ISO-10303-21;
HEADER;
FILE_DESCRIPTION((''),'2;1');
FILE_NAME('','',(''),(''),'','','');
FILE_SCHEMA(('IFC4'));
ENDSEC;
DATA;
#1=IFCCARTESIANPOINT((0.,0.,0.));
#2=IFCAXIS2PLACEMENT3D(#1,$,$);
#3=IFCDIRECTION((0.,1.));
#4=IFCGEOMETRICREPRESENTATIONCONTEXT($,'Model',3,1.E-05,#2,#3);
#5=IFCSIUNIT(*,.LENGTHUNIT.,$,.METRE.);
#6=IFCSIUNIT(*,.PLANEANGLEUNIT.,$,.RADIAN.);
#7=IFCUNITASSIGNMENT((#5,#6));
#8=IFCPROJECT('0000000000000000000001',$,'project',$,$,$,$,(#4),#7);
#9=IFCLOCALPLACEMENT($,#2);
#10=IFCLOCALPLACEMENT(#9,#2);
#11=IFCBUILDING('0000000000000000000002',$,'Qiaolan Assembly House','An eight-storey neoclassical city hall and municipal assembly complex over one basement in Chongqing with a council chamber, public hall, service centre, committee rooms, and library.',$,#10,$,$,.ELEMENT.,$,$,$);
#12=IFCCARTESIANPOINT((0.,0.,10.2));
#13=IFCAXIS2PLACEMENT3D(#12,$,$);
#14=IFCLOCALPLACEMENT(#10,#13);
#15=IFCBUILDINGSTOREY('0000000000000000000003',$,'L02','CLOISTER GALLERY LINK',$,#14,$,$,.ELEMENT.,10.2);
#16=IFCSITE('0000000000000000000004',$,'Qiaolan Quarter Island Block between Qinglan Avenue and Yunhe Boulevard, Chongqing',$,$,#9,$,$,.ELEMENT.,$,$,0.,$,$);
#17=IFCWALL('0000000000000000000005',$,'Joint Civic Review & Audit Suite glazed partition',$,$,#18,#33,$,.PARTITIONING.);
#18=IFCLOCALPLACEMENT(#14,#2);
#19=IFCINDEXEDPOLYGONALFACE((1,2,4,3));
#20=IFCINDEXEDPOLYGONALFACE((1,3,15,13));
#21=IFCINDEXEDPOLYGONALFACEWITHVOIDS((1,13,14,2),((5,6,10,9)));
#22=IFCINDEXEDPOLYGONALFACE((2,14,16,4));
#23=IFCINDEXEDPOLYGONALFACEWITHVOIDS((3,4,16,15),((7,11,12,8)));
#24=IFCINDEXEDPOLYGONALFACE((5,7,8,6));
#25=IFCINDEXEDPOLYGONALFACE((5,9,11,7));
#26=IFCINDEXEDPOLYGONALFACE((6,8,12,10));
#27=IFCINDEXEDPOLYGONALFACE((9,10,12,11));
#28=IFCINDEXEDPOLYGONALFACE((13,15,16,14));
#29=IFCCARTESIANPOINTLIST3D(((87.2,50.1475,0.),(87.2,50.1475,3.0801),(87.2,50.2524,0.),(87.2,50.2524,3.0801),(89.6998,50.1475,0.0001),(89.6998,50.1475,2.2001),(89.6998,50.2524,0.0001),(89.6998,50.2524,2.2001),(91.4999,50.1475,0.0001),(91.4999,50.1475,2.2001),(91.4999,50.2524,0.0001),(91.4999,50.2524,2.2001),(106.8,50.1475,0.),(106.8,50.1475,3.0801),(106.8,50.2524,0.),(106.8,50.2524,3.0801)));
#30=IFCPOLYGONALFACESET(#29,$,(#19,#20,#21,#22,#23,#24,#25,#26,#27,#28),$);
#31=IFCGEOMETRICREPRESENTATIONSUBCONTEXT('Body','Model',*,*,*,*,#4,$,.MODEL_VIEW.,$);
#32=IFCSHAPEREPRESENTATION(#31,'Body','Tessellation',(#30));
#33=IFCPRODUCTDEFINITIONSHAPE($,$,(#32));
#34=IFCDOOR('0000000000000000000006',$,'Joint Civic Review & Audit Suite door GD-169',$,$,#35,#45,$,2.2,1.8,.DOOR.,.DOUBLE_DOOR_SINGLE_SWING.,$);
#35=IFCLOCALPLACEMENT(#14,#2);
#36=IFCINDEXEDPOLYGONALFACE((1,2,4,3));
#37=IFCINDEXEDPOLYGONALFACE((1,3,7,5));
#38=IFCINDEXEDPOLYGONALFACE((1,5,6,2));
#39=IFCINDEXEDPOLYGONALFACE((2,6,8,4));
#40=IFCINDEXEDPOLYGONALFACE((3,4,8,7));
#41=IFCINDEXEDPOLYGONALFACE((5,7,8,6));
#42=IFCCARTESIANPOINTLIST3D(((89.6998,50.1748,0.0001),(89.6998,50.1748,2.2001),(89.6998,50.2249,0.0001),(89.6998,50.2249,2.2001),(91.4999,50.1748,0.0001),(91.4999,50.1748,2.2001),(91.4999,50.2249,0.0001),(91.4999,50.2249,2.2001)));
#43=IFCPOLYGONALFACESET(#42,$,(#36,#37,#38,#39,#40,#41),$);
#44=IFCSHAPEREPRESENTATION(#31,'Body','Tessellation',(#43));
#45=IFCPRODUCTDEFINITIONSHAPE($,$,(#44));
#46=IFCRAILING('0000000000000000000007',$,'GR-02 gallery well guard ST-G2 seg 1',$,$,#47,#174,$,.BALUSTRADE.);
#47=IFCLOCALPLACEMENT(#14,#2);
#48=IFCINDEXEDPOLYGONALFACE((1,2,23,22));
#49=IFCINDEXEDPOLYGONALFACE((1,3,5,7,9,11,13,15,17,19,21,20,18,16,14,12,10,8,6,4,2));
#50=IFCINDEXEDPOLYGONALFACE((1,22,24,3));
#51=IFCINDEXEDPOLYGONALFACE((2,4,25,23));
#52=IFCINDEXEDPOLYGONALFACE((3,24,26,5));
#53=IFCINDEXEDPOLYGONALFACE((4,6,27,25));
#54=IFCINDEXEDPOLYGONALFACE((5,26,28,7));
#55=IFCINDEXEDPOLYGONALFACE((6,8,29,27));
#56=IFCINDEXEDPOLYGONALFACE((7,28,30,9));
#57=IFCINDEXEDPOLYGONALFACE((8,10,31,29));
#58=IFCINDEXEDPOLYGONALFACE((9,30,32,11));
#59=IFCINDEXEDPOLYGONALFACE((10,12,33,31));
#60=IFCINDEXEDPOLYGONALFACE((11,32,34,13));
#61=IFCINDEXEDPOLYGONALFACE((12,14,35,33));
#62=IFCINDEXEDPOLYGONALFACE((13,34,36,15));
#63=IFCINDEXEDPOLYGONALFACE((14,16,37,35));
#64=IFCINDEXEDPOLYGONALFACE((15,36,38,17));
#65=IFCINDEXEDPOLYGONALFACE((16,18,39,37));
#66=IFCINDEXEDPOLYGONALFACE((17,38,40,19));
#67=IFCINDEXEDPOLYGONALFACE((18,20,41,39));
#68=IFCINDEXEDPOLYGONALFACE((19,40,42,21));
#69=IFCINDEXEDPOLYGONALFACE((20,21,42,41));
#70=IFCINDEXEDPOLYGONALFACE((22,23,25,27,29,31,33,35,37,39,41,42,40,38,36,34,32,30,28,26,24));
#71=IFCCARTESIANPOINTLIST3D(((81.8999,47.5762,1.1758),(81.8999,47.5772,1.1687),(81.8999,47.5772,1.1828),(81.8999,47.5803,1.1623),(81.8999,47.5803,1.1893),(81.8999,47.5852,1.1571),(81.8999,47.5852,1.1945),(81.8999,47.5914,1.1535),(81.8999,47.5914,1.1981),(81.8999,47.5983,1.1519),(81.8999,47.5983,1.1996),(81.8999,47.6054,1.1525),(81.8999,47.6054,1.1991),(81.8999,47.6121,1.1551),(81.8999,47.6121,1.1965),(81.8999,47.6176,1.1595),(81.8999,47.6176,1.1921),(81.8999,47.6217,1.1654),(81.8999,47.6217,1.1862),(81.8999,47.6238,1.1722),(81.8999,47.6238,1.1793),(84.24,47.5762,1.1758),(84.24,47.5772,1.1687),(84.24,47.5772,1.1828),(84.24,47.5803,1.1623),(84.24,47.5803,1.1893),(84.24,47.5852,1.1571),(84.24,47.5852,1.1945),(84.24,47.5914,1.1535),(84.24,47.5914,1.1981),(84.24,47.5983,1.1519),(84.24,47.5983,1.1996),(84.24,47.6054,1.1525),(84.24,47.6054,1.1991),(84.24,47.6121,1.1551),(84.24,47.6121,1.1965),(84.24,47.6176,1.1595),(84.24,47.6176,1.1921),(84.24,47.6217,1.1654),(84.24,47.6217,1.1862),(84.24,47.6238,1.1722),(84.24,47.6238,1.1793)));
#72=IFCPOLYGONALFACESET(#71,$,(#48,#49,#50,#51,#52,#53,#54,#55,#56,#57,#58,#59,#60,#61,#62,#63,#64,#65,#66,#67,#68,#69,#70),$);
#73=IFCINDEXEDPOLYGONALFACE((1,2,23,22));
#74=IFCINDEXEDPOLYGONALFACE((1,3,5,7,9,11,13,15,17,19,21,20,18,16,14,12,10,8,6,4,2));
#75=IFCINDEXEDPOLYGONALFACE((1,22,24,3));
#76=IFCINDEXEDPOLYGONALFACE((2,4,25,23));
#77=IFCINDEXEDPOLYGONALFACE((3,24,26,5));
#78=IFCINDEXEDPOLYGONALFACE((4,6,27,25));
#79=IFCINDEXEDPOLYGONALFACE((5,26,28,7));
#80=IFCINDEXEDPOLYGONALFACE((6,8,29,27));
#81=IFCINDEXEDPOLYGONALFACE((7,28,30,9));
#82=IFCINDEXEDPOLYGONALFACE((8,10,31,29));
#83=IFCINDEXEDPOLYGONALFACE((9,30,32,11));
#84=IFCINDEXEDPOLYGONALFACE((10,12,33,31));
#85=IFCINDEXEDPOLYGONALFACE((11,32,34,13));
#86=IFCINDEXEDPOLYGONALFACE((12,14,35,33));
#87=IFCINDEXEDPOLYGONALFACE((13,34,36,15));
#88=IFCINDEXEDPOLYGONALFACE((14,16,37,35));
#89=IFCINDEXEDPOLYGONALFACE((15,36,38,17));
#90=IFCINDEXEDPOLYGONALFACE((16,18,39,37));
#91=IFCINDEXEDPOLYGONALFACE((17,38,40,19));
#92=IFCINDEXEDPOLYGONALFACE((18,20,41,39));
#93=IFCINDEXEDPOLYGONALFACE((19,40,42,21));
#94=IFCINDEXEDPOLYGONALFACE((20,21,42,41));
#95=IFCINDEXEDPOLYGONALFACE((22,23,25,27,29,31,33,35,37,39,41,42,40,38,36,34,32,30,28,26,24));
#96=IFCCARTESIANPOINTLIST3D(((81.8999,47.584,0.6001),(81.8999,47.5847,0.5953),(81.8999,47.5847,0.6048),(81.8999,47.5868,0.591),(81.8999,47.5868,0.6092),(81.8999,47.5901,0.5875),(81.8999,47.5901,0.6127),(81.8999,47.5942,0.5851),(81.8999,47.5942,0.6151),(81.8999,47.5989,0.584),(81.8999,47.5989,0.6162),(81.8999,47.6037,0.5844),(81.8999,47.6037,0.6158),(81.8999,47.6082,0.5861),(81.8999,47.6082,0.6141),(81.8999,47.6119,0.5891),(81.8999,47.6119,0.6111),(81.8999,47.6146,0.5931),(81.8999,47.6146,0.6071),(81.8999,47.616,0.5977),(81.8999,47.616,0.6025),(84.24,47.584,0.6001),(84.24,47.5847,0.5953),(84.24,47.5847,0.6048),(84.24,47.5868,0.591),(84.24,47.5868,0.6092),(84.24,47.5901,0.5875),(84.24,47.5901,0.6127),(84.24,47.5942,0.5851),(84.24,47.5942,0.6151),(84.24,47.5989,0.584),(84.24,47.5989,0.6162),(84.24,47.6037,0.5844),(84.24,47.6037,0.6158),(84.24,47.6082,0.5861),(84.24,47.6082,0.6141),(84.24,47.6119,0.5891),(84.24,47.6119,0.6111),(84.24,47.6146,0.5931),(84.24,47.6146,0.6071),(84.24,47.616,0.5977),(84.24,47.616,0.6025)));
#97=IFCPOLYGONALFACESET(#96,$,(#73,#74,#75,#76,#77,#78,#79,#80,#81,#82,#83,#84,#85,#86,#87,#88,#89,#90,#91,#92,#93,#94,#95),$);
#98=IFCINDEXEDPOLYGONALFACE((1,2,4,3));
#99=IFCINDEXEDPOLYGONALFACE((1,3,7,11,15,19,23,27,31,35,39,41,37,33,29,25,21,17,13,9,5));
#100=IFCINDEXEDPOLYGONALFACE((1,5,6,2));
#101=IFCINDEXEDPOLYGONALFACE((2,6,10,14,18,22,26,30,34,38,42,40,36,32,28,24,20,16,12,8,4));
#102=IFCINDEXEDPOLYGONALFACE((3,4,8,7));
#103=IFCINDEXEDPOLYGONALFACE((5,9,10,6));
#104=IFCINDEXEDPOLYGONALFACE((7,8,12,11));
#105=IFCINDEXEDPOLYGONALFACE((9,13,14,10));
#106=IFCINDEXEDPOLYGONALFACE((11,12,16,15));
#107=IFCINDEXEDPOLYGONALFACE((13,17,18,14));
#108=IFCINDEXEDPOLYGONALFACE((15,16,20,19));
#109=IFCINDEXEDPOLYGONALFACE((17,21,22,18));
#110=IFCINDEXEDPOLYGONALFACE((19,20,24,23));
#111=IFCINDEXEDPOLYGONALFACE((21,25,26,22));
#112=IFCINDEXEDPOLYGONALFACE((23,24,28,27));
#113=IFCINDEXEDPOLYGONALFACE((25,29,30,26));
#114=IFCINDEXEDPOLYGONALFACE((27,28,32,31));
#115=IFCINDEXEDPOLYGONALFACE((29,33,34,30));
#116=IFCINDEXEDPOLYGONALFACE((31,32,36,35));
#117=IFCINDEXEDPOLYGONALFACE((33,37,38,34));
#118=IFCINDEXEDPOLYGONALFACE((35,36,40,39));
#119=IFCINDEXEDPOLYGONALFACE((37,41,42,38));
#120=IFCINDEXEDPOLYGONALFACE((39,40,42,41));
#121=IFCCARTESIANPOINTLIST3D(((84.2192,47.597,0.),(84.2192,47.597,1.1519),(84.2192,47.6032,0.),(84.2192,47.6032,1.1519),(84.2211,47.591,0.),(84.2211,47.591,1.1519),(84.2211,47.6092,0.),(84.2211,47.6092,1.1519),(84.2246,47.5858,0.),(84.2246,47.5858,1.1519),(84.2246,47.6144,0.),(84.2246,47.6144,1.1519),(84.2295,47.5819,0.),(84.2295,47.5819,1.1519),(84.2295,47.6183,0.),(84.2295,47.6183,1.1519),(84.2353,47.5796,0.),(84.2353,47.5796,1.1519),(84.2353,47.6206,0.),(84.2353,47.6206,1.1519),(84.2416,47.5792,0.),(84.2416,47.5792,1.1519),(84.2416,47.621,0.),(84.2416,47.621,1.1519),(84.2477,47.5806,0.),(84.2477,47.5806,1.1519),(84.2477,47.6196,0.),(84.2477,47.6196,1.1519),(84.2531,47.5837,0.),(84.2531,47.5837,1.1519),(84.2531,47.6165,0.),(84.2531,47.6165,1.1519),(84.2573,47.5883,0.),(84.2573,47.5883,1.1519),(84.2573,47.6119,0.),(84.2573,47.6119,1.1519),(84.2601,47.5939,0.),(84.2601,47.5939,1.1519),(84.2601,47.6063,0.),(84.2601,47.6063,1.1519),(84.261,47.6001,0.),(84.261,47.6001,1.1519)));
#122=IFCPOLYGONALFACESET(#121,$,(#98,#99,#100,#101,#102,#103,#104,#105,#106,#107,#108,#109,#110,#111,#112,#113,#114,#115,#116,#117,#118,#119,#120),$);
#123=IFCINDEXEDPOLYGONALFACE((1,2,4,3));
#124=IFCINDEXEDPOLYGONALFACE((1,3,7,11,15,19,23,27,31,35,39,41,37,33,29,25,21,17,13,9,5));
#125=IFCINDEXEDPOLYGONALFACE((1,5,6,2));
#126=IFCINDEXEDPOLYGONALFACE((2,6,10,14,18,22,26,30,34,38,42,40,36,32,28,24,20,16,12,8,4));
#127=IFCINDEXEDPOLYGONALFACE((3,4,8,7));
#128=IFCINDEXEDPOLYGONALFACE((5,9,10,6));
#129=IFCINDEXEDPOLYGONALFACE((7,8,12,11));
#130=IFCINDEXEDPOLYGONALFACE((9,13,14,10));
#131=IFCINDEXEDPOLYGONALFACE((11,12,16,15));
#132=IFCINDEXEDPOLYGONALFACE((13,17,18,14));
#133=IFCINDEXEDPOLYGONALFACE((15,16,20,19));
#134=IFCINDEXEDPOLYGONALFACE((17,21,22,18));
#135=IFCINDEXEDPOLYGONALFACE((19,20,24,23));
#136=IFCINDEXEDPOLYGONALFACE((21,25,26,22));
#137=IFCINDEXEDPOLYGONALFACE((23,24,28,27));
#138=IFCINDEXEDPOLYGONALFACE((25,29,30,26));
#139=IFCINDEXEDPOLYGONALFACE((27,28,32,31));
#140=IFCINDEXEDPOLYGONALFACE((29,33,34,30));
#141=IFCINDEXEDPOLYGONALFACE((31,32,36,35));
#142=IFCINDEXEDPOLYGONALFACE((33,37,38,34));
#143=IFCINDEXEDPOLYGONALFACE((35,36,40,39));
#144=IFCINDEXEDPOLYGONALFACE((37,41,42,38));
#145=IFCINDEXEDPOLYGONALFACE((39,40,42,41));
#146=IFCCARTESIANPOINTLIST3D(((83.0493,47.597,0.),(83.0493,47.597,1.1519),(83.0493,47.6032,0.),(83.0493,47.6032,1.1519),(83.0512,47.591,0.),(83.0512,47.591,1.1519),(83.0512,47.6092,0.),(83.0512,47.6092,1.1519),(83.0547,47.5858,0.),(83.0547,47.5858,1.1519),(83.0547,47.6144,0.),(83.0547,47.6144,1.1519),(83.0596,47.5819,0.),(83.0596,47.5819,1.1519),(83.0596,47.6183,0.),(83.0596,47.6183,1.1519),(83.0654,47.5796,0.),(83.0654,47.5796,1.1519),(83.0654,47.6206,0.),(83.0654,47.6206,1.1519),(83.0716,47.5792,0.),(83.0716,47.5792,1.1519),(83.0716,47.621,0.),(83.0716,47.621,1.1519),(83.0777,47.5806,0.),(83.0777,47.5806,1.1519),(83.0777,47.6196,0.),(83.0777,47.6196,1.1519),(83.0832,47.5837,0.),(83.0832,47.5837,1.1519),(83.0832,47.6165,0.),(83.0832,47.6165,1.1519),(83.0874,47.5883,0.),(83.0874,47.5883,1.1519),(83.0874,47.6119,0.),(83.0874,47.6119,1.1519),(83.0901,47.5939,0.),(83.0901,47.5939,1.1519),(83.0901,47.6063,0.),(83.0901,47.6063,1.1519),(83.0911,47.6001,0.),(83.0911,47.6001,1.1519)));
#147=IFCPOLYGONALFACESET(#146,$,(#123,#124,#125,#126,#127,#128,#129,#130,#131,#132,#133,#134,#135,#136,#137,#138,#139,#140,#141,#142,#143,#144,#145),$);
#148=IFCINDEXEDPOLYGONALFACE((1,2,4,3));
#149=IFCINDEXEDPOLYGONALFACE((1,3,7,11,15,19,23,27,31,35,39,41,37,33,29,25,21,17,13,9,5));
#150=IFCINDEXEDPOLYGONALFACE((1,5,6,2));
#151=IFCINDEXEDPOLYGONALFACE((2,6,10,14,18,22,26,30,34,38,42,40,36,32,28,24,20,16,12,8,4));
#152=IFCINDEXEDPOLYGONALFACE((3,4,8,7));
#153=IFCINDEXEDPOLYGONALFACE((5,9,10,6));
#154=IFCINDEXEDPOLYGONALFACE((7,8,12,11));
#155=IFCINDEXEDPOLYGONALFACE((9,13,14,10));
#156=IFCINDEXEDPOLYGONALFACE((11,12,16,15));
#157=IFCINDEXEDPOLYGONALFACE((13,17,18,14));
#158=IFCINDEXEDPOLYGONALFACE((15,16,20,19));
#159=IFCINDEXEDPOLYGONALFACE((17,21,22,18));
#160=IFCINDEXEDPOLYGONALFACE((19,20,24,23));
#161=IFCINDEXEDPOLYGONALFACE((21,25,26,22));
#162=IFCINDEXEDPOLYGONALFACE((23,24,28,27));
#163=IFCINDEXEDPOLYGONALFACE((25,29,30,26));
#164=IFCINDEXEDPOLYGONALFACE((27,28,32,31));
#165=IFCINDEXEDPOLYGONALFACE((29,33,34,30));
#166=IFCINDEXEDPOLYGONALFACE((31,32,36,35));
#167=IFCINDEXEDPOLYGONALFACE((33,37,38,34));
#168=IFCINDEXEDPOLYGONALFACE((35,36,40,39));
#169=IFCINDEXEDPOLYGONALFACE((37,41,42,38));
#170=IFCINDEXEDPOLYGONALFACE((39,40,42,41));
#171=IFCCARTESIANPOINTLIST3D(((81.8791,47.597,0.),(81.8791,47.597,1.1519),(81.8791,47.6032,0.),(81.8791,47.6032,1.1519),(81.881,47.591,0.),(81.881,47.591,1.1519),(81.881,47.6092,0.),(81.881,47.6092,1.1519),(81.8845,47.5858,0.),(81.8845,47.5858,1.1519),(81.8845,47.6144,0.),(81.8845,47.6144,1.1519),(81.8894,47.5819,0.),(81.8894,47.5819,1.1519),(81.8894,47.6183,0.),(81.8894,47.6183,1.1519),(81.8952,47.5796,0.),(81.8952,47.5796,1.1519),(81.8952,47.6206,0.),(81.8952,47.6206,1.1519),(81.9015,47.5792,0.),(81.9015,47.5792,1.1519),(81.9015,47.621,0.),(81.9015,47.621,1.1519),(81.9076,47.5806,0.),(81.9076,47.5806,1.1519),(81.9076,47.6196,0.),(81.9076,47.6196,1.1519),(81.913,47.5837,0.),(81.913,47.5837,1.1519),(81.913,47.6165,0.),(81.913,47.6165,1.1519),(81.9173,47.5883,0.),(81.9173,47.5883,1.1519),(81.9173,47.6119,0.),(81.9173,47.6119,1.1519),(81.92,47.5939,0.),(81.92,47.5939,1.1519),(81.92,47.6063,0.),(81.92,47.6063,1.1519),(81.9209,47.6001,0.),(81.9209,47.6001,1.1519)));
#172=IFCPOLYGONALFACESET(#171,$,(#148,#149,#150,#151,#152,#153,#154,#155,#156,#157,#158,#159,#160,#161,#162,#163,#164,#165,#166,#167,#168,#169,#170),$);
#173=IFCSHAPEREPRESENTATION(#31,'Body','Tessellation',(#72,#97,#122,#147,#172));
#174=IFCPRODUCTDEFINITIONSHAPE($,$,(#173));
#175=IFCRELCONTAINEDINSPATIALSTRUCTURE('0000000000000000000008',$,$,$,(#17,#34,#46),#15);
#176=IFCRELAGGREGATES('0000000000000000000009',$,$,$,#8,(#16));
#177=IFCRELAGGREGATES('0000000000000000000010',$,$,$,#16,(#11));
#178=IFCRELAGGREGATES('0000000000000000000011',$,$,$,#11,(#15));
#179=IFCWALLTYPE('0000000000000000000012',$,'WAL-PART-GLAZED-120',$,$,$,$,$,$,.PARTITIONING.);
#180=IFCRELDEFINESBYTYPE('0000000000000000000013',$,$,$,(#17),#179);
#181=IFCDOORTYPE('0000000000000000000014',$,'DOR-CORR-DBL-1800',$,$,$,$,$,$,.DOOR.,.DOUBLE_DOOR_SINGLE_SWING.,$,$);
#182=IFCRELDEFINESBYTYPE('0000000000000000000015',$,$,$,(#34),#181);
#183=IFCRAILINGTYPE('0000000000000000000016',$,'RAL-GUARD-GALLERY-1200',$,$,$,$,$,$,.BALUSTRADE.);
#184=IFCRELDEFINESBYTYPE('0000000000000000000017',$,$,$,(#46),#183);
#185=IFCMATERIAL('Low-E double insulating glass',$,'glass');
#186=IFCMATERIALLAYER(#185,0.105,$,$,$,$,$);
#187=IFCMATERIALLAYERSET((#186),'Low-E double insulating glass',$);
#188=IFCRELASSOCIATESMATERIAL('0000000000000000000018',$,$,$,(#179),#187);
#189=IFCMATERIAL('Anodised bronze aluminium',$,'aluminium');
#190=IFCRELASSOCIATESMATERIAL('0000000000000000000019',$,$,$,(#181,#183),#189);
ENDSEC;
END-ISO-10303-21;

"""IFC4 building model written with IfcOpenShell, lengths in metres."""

from ifc_helpers import new_model, si_unit, direction, frame, frame_2d, origin, origin_2d, place, context, subcontext, project, spatial, rectangle, circle, extrude, material, layer, layer_set, type_object, element, fill, save


model = new_model("IFC4")

# Units and contexts
model_context = context("Model", 3, precision=1e-05, world=origin(), true_north=direction((0.0, 1.0)))
body_context = subcontext(model_context, "Body", "Model", "MODEL_VIEW")
ifc_project = project(units=[si_unit("LENGTHUNIT", "METRE"), si_unit("PLANEANGLEUNIT", "RADIAN")], contexts=[model_context])

# Site, building, storey
site_placement = place(None, origin())
site = spatial("IfcSite", under=ifc_project, at=site_placement, Name="Qiaolan Quarter Island Block between Qinglan Avenue and Yunhe Boulevard, Chongqing", CompositionType="ELEMENT", RefElevation=0.0)
building_placement = place(site_placement, origin())
building = spatial("IfcBuilding", under=site, at=building_placement, Name="Qiaolan Assembly House", Description="An eight-storey neoclassical city hall and municipal assembly complex over one basement in Chongqing with a council chamber, public hall, service centre, committee rooms, and library.", CompositionType="ELEMENT")
storey_placement = place(building_placement, frame((0.0, 0.0, 10.2)))
storey = spatial("IfcBuildingStorey", under=building, at=storey_placement, Name="L02", Description="CLOISTER GALLERY LINK", CompositionType="ELEMENT", Elevation=10.2)

# Wall, opening, door
ifc_material_1 = material(Name="Low-E double insulating glass", Category="glass")
ifc_layer_1 = layer(ifc_material_1, 0.105)
ifc_layer_set_1 = layer_set([ifc_layer_1], Name="Low-E double insulating glass")
wall_type_1 = type_object("IfcWallType", Name="WAL-PART-GLAZED-120", PredefinedType="PARTITIONING", material=ifc_layer_set_1)
wall_1_placement = place(storey_placement, frame((87.2, 50.2, 0.0), z_axis=(0.0, 0.0, 1.0), x_axis=(1.0, 0.0, 0.0)))
wall_1 = element("IfcWall", 1, at=wall_1_placement, inside=storey, type_object=wall_type_1, Name="Joint Civic Review & Audit Suite glazed partition", PredefinedType="PARTITIONING", context=body_context, shape_type="SweptSolid", body=[
    extrude(rectangle(XDim=19.6001, YDim=0.105, at=frame_2d((9.8, 0.0))), origin(), (0.0, 0.0, 1.0), 3.0801),
])
opening_placement = place(wall_1_placement, frame((2.5, 0.0, 0.0)))
opening = element("IfcOpeningElement", 2, at=opening_placement, cuts=wall_1, PredefinedType="OPENING", context=body_context, shape_type="SweptSolid", body=[
    extrude(rectangle(XDim=1.8, YDim=2.2, at=frame_2d((0.8999, 1.1001))), frame((0.0, 0.0625, 0.0), z_axis=(0.0, -1.0, 0.0), x_axis=(1.0, 0.0, 0.0)), (0.0, 0.0, 1.0), 0.125),
])
ifc_material_2 = material(Name="Anodised bronze aluminium", Category="aluminium")
door_type = type_object("IfcDoorType", Name="DOR-CORR-DBL-1800", OperationType="DOUBLE_DOOR_SINGLE_SWING", PredefinedType="DOOR", material=ifc_material_2)
door_placement = place(opening_placement, origin())
door = element("IfcDoor", 3, at=door_placement, inside=storey, type_object=door_type, Name="Joint Civic Review & Audit Suite door GD-169", OperationType="DOUBLE_DOOR_SINGLE_SWING", OverallHeight=2.2, OverallWidth=1.8, PredefinedType="DOOR", context=body_context, shape_type="SweptSolid", body=[
    extrude(rectangle(XDim=1.8, YDim=2.2, at=frame_2d((0.8999, 1.1001))), frame((0.0, 0.0249, 0.0), z_axis=(0.0, -1.0, 0.0), x_axis=(1.0, 0.0, 0.0)), (0.0, 0.0, 1.0), 0.05),
])
fill(opening, door)

# Railing
railing_type = type_object("IfcRailingType", Name="RAL-GUARD-GALLERY-1200", PredefinedType="BALUSTRADE", material=ifc_material_2)
railing_1_placement = place(storey_placement, frame((84.24, 47.6001, 0.0)))
element("IfcRailing", 4, at=railing_1_placement, inside=storey, type_object=railing_type, Name="GR-02 gallery well guard ST-G2 seg 1", PredefinedType="BALUSTRADE", context=body_context, shape_type="SweptSolid", body=[
    extrude(circle(Radius=0.0239, at=origin_2d()), frame((0.0, 0.0, 1.1758), z_axis=(-1.0, 0.0, 0.0), x_axis=(0.0, -1.0, 0.0)), (0.0, 0.0, 1.0), 2.3401),
    extrude(circle(Radius=0.0161, at=origin_2d()), frame((0.0, 0.0, 0.6001), z_axis=(-1.0, 0.0, 0.0), x_axis=(0.0, -1.0, 0.0)), (0.0, 0.0, 1.0), 2.3401),
    extrude(circle(Radius=0.021, at=origin_2d()), origin(), (0.0, 0.0, 1.0), 1.1519),
    extrude(circle(Radius=0.021, at=origin_2d()), frame((-1.1699, 0.0, 0.0)), (0.0, 0.0, 1.0), 1.1519),
    extrude(circle(Radius=0.021, at=origin_2d()), frame((-2.3401, 0.0, 0.0)), (0.0, 0.0, 1.0), 1.1519),
])

save(model, "model.ifc")
